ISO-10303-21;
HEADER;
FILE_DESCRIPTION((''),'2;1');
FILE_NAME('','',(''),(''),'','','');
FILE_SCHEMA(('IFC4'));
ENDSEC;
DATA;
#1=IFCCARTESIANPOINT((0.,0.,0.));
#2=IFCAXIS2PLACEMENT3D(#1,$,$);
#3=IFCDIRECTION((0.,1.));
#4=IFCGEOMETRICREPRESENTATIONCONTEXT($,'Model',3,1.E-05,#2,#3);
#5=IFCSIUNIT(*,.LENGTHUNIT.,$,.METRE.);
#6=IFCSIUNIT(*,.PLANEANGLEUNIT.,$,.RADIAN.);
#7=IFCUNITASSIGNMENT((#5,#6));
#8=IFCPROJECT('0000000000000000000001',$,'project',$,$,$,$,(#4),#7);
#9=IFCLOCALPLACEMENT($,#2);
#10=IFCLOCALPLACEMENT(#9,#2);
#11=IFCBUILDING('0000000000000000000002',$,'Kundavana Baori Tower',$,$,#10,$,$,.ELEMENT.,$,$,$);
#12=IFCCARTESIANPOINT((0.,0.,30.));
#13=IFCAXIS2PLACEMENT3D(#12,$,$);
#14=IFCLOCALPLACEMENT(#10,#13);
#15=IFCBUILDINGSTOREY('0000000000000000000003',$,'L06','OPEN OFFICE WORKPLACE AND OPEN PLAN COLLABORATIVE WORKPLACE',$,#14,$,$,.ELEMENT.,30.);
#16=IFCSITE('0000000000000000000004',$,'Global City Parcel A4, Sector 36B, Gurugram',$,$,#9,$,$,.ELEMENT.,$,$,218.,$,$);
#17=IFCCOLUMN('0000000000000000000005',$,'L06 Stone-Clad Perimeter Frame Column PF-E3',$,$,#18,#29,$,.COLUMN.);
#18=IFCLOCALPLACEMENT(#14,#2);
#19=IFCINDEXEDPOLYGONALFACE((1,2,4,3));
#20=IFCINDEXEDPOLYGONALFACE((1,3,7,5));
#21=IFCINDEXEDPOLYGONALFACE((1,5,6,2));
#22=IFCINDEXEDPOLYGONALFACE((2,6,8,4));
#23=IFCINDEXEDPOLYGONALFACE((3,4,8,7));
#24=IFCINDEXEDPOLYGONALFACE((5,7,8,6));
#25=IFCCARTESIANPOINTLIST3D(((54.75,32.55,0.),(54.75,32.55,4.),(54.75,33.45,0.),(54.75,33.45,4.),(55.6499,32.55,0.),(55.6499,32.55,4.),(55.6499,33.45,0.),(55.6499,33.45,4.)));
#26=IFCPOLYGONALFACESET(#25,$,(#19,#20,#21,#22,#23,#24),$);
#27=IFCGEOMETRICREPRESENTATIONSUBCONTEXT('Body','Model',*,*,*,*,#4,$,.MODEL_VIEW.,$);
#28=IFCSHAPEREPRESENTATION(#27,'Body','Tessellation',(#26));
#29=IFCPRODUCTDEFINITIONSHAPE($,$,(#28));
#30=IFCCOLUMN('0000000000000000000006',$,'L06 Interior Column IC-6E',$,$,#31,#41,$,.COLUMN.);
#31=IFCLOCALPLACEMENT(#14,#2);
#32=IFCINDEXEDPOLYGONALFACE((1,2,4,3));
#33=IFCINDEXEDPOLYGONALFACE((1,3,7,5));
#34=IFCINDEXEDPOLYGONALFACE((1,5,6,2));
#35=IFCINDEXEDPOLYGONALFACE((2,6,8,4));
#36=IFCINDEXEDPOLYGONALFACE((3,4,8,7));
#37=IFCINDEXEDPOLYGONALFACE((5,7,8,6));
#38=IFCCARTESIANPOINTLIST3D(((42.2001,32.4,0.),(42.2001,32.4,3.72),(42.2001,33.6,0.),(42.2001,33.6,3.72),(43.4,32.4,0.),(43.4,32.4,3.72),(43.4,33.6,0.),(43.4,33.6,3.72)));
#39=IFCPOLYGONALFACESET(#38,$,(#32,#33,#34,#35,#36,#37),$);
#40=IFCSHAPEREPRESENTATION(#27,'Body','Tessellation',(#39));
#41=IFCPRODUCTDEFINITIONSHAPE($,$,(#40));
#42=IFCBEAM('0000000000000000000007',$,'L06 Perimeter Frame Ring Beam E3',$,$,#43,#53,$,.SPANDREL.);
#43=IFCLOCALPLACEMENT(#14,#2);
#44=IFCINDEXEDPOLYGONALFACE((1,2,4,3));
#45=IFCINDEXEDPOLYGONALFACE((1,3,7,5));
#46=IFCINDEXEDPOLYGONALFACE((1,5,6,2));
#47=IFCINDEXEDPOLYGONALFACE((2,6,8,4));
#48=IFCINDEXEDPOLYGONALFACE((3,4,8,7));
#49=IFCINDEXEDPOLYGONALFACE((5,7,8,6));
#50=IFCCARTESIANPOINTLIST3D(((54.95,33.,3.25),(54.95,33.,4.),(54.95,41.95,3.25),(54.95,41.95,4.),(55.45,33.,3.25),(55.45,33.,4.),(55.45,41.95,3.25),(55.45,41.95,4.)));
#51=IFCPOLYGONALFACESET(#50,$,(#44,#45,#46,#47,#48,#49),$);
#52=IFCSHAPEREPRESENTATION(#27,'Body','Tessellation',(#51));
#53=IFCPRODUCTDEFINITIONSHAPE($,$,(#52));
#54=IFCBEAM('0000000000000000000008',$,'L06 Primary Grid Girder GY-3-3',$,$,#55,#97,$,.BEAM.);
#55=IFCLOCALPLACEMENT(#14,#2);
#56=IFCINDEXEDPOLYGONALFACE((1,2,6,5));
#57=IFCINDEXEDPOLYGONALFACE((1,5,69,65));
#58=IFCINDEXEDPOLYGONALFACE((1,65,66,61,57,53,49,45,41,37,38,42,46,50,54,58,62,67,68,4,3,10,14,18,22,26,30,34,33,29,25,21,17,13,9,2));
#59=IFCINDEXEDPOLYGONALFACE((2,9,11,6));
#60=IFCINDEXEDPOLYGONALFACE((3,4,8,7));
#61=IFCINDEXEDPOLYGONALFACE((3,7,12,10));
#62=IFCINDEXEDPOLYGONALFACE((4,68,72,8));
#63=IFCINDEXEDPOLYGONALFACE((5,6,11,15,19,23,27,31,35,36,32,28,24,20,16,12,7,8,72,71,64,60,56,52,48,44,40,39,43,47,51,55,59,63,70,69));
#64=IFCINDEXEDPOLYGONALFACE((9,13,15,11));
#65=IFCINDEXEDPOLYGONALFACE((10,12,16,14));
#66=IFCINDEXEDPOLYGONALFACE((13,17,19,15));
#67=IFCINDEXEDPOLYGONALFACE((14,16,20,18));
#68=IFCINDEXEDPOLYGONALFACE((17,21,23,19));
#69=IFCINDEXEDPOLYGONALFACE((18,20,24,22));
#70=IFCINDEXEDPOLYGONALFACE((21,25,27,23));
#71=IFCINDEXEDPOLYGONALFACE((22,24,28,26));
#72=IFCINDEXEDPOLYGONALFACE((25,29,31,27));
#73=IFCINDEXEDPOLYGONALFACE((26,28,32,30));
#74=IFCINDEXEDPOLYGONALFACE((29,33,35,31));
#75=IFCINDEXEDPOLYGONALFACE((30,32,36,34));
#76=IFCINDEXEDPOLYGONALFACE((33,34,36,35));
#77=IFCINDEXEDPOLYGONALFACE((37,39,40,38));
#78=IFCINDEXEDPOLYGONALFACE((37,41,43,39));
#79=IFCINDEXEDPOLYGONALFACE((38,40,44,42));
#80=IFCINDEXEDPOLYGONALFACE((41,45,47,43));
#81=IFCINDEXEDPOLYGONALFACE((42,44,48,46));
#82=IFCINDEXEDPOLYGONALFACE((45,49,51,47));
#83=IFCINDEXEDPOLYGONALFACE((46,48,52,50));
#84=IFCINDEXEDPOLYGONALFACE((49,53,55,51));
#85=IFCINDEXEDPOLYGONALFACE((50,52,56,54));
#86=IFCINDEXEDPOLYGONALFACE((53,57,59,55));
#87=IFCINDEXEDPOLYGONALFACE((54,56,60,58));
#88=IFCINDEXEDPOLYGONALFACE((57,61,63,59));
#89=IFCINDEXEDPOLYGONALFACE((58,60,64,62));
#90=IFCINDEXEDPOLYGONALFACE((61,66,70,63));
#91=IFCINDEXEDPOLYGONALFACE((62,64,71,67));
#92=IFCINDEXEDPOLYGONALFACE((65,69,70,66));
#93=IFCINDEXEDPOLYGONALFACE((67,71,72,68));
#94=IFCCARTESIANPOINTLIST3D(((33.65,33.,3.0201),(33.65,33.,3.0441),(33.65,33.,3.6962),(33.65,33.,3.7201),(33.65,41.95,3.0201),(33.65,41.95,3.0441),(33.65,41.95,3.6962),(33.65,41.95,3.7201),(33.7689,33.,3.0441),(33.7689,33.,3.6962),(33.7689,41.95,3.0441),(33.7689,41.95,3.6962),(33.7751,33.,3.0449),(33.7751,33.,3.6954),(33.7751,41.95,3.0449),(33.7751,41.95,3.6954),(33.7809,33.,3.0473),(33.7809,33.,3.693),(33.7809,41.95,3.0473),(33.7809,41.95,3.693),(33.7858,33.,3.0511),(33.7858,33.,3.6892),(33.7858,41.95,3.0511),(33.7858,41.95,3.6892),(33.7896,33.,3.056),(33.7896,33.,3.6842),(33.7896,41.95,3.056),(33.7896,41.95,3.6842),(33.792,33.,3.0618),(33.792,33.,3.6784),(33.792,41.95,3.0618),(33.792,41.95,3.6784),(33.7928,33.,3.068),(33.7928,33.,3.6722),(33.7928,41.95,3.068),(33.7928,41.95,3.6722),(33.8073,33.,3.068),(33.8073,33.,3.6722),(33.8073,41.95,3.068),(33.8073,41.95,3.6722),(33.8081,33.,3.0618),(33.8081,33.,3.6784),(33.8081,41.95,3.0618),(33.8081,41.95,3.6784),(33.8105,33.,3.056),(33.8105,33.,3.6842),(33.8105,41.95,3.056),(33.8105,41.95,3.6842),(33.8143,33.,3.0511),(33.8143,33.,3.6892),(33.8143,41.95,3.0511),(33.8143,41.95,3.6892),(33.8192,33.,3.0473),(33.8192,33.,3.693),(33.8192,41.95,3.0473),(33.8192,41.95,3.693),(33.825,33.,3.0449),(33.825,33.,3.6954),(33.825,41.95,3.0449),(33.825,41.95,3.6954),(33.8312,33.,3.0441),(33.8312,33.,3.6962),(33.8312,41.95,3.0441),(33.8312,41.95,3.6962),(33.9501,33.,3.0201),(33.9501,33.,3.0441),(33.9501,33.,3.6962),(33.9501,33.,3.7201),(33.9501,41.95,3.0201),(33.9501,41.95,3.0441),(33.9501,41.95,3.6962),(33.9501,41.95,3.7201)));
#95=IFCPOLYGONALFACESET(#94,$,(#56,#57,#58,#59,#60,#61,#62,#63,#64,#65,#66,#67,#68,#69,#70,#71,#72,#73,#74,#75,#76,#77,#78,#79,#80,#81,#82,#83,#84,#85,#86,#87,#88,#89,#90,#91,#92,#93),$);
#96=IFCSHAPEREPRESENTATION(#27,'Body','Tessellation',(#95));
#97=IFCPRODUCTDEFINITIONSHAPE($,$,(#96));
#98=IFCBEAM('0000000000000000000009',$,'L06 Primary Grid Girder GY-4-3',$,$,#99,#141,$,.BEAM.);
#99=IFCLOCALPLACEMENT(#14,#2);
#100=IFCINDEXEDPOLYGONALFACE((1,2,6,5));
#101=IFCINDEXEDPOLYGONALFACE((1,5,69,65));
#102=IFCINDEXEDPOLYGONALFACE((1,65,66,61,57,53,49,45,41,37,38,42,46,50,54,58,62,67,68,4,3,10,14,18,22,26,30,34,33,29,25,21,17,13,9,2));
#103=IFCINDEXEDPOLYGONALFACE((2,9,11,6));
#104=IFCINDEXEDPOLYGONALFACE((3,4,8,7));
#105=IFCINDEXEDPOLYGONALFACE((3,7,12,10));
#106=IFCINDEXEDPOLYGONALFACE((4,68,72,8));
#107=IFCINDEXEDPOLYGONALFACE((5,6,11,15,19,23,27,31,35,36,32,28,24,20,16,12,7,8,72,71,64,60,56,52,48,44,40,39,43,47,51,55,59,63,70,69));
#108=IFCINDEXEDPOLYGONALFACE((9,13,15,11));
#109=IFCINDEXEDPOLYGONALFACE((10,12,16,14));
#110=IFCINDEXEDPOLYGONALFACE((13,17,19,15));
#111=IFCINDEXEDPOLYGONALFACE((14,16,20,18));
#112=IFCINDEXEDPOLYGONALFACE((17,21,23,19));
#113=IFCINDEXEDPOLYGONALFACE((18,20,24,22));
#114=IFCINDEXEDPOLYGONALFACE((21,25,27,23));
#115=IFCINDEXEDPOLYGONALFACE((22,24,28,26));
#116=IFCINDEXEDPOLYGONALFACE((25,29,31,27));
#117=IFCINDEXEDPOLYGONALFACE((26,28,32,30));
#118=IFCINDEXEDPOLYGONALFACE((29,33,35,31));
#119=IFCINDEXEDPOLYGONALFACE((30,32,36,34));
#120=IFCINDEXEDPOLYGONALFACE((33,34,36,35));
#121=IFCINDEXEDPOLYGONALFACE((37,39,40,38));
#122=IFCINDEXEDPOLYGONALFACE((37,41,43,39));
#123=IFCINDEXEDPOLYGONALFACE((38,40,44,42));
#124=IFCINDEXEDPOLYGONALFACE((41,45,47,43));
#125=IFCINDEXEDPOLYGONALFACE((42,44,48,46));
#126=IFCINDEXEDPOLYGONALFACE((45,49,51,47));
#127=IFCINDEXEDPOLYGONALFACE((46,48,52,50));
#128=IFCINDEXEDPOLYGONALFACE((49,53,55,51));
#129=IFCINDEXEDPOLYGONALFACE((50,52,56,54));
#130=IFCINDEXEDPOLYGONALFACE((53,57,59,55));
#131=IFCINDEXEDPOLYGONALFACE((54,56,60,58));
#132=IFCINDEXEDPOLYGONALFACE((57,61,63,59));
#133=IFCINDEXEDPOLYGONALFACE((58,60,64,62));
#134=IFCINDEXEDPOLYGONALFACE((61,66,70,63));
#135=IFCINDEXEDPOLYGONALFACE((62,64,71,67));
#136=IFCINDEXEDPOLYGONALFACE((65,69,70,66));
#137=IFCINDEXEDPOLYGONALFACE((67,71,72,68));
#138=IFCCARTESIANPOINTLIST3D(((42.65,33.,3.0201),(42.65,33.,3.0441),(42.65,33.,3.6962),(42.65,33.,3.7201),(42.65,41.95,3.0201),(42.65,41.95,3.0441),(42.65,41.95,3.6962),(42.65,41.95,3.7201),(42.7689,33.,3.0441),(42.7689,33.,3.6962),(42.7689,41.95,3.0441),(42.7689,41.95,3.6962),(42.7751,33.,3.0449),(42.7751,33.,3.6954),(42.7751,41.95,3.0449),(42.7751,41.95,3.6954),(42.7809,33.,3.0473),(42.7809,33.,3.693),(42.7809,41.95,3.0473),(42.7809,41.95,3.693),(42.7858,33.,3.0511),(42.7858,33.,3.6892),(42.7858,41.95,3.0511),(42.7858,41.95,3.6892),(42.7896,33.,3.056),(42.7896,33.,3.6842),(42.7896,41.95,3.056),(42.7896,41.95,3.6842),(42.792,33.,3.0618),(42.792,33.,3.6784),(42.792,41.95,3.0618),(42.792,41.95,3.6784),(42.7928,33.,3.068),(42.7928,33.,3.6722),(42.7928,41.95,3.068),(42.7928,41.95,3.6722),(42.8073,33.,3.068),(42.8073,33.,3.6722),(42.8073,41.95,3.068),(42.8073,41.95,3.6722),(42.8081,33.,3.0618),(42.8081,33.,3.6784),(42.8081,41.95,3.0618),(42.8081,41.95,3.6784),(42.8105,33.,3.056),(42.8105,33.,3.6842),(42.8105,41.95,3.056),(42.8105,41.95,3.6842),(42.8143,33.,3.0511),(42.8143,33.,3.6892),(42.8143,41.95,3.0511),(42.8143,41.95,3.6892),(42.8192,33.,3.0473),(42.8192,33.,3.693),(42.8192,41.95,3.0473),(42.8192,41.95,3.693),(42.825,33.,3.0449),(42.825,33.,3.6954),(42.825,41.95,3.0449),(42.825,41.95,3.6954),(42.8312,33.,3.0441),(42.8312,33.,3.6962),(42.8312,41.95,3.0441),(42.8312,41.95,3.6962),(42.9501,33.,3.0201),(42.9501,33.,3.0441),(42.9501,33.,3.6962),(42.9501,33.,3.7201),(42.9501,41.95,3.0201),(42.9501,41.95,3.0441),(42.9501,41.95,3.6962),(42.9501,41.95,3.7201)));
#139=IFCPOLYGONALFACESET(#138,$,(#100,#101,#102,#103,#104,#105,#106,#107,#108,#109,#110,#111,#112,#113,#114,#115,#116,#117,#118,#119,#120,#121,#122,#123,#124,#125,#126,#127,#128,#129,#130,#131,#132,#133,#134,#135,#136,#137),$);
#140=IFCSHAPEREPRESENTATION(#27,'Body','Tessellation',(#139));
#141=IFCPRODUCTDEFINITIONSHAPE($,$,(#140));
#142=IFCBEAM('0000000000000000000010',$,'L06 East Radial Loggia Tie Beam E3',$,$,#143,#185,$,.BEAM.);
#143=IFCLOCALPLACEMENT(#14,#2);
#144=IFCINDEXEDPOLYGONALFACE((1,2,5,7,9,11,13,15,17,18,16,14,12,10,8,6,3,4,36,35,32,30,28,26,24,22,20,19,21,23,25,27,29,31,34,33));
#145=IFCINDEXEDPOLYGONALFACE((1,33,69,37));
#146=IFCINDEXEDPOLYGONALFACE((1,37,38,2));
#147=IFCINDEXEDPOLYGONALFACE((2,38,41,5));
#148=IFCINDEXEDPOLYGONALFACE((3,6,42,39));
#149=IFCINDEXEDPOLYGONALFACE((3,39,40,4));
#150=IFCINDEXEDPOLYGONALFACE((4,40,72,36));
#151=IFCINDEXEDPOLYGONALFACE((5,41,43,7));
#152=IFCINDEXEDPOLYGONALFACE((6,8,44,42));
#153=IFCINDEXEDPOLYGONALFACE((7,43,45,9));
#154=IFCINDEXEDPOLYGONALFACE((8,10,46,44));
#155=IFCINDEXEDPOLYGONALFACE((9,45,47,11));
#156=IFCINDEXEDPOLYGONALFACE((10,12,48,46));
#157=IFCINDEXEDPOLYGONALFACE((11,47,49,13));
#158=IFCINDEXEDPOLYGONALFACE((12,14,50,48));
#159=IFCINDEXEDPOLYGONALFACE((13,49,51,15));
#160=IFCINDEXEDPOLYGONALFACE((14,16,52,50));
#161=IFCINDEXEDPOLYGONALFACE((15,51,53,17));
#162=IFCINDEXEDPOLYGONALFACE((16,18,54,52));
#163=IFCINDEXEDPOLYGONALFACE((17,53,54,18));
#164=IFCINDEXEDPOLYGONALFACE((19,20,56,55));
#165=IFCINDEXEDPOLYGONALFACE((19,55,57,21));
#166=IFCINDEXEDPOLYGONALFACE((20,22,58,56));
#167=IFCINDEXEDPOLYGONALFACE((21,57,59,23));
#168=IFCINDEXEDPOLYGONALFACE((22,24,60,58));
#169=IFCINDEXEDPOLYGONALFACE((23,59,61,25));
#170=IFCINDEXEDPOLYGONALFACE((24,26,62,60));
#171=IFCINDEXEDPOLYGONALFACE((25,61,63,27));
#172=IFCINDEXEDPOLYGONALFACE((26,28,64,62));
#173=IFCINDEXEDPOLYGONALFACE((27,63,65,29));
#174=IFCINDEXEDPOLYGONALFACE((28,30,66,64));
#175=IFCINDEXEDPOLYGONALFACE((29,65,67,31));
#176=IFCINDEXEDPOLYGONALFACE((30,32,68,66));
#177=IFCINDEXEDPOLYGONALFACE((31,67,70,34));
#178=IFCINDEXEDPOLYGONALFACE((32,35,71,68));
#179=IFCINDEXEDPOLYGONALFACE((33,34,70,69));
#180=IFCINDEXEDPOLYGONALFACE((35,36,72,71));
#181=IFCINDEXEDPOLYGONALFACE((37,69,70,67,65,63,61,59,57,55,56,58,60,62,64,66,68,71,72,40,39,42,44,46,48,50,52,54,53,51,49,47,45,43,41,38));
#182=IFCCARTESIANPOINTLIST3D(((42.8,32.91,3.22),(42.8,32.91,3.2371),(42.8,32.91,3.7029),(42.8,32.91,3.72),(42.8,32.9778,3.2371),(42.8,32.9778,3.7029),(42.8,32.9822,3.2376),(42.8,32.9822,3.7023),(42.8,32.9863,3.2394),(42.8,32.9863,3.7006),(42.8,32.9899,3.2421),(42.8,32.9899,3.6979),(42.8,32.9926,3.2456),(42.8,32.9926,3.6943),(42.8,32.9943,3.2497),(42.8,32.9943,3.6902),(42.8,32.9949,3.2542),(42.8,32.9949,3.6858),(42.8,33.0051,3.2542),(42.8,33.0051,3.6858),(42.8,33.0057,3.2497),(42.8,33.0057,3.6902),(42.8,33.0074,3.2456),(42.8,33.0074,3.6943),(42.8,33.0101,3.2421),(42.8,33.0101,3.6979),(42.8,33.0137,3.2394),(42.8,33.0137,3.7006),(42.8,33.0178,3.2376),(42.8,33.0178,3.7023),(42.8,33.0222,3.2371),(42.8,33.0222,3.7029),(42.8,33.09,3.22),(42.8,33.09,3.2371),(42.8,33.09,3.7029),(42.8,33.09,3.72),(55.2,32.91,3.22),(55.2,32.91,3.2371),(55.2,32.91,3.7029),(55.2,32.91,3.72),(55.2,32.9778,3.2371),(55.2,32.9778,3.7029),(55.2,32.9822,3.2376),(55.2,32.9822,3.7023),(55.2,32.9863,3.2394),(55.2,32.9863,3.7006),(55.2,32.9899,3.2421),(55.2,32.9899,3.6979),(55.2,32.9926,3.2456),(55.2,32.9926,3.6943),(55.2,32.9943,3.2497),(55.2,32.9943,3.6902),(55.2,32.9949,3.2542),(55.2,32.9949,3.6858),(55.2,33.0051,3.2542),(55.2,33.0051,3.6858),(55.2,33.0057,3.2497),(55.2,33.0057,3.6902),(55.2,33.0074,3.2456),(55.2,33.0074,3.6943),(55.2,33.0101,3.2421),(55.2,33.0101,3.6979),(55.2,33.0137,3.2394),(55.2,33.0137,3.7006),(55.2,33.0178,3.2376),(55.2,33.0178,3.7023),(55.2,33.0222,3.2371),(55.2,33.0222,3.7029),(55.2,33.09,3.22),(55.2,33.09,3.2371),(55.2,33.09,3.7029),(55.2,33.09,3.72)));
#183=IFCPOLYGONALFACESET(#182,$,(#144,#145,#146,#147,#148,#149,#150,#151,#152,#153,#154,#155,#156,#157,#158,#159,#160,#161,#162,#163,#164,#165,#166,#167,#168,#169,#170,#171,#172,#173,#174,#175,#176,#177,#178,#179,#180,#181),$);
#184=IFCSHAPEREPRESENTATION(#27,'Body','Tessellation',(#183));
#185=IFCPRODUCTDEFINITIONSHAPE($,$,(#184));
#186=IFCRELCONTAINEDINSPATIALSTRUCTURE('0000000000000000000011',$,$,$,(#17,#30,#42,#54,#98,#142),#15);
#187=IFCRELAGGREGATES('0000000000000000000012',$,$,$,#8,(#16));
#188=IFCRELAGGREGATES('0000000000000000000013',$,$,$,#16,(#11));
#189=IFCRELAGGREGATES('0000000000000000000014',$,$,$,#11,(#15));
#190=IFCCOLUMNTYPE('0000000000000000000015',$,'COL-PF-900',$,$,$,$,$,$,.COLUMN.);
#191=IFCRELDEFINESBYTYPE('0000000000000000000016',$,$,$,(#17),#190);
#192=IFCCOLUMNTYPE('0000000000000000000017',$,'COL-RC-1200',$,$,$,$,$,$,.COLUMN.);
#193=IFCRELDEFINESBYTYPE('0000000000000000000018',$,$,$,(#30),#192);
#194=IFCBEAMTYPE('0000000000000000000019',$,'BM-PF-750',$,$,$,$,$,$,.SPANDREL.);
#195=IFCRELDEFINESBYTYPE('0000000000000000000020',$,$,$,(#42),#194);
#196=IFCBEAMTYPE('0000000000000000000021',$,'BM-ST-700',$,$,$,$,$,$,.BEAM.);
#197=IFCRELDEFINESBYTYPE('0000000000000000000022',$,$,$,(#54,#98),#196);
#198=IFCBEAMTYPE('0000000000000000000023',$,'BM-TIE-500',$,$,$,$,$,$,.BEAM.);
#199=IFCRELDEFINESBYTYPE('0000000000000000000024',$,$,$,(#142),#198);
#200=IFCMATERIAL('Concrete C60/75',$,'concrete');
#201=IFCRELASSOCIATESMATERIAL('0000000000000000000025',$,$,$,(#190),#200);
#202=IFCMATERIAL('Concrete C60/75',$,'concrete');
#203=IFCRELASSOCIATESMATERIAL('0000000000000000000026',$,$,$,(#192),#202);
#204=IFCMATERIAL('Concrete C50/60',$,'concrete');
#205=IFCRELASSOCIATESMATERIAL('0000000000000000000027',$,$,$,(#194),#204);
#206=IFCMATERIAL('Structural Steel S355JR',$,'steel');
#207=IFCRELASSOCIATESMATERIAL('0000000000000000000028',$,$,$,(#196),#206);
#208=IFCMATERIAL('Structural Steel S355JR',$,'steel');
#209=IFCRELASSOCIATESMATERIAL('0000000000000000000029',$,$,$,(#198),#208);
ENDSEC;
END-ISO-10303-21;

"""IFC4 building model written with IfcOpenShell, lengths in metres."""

from ifc_helpers import new_model, si_unit, direction, frame, origin, origin_2d, place, context, subcontext, project, spatial, rectangle, i_section, extrude, material, material_profile, profile_set, type_object, element, save


model = new_model("IFC4")

# Units and contexts
model_context = context("Model", 3, precision=1e-05, world=origin(), true_north=direction((0.0, 1.0)))
body_context = subcontext(model_context, "Body", "Model", "MODEL_VIEW")
ifc_project = project(units=[si_unit("LENGTHUNIT", "METRE"), si_unit("PLANEANGLEUNIT", "RADIAN")], contexts=[model_context])

# Site, building, storey
site_placement = place(None, origin())
site = spatial("IfcSite", under=ifc_project, at=site_placement, Name="Global City Parcel A4, Sector 36B, Gurugram", CompositionType="ELEMENT", RefElevation=218.0)
building_placement = place(site_placement, origin())
building = spatial("IfcBuilding", under=site, at=building_placement, Name="Kundavana Baori Tower", CompositionType="ELEMENT")
storey_placement = place(building_placement, frame((0.0, 0.0, 30.0)))
storey = spatial("IfcBuildingStorey", under=building, at=storey_placement, Name="L06", Description="OPEN OFFICE WORKPLACE AND OPEN PLAN COLLABORATIVE WORKPLACE", CompositionType="ELEMENT", Elevation=30.0)

# Columns
ifc_material_1 = material(Name="Concrete C60/75", Category="concrete")
ifc_material_profile_1 = material_profile(ifc_material_1, rectangle(XDim=0.8999, YDim=0.8999, at=origin_2d()), Name="RC PF 900x900")
ifc_profile_set_1 = profile_set([ifc_material_profile_1], Name="Concrete C60/75")
column_type_1 = type_object("IfcColumnType", Name="COL-PF-900", PredefinedType="COLUMN", material=ifc_profile_set_1)
column_1_placement = place(storey_placement, frame((55.2, 33.0, 0.0), z_axis=(0.0, 0.0, 1.0), x_axis=(1.0, 0.0, 0.0)))
element("IfcColumn", 1, at=column_1_placement, inside=storey, type_object=column_type_1, Name="L06 Stone-Clad Perimeter Frame Column PF-E3", PredefinedType="COLUMN", context=body_context, shape_type="SweptSolid", body=[
    extrude(rectangle(XDim=0.8999, YDim=0.8999, at=origin_2d()), origin(), (0.0, 0.0, 1.0), 4.0),
])
ifc_material_2 = material(Name="Concrete C60/75", Category="concrete")
ifc_material_profile_2 = material_profile(ifc_material_2, rectangle(XDim=1.2, YDim=1.2, at=origin_2d()), Name="RC 1200x1200")
ifc_profile_set_2 = profile_set([ifc_material_profile_2], Name="Concrete C60/75")
column_type_2 = type_object("IfcColumnType", Name="COL-RC-1200", PredefinedType="COLUMN", material=ifc_profile_set_2)
column_2_placement = place(storey_placement, frame((42.8, 33.0, 0.0), z_axis=(0.0, 0.0, 1.0), x_axis=(1.0, 0.0, 0.0)))
element("IfcColumn", 2, at=column_2_placement, inside=storey, type_object=column_type_2, Name="L06 Interior Column IC-6E", PredefinedType="COLUMN", context=body_context, shape_type="SweptSolid", body=[
    extrude(rectangle(XDim=1.2, YDim=1.2, at=origin_2d()), origin(), (0.0, 0.0, 1.0), 3.72),
])

# Beams
ifc_material_3 = material(Name="Concrete C50/60", Category="concrete")
ifc_material_profile_3 = material_profile(ifc_material_3, rectangle(XDim=0.5, YDim=0.75, at=origin_2d()), Name="RC BM 500x750")
ifc_profile_set_3 = profile_set([ifc_material_profile_3], Name="Concrete C50/60")
beam_type_1 = type_object("IfcBeamType", Name="BM-PF-750", PredefinedType="SPANDREL", material=ifc_profile_set_3)
beam_1_placement = place(storey_placement, frame((55.2, 33.0, 3.625), z_axis=(0.0, 1.0, 0.0), x_axis=(-1.0, 0.0, 0.0)))
element("IfcBeam", 3, at=beam_1_placement, inside=storey, type_object=beam_type_1, Name="L06 Perimeter Frame Ring Beam E3", PredefinedType="SPANDREL", context=body_context, shape_type="SweptSolid", body=[
    extrude(rectangle(XDim=0.5, YDim=0.75, at=origin_2d()), origin(), (0.0, 0.0, 1.0), 8.95),
])
ifc_material_4 = material(Name="Structural Steel S355JR", Category="steel")
ifc_material_profile_4 = material_profile(ifc_material_4, i_section(OverallWidth=0.3, OverallDepth=0.7, WebThickness=0.0144, FlangeThickness=0.0239, FilletRadius=0.0239, at=origin_2d()), Name="NPB 700x300x170")
ifc_profile_set_4 = profile_set([ifc_material_profile_4], Name="Structural Steel S355JR")
beam_type_2 = type_object("IfcBeamType", Name="BM-ST-700", PredefinedType="BEAM", material=ifc_profile_set_4)
for number, where, z_axis, x_axis, name in (
    (4, (33.8, 33.0, 3.3701), (0.0, 1.0, 0.0), (-1.0, 0.0, 0.0), "L06 Primary Grid Girder GY-3-3"),
    (5, (42.8, 33.0, 3.3701), (0.0, 1.0, 0.0), (-1.0, 0.0, 0.0), "L06 Primary Grid Girder GY-4-3"),
):
    element("IfcBeam", number, at=place(storey_placement, frame(where, z_axis=z_axis, x_axis=x_axis)), inside=storey, type_object=beam_type_2, Name=name, PredefinedType="BEAM", context=body_context, shape_type="SweptSolid", body=[
        extrude(i_section(OverallWidth=0.3, OverallDepth=0.7, WebThickness=0.0144, FlangeThickness=0.0239, FilletRadius=0.0239, at=origin_2d()), origin(), (0.0, 0.0, 1.0), 8.95),
    ])
ifc_material_5 = material(Name="Structural Steel S355JR", Category="steel")
ifc_material_profile_5 = material_profile(ifc_material_5, i_section(OverallWidth=0.1799, OverallDepth=0.5, WebThickness=0.0103, FlangeThickness=0.0171, FilletRadius=0.0171, at=origin_2d()), Name="ISMB 500")
ifc_profile_set_5 = profile_set([ifc_material_profile_5], Name="Structural Steel S355JR")
beam_type_3 = type_object("IfcBeamType", Name="BM-TIE-500", PredefinedType="BEAM", material=ifc_profile_set_5)
beam_2_placement = place(storey_placement, frame((42.8, 33.0, 3.47), z_axis=(1.0, 0.0, 0.0), x_axis=(0.0, 1.0, 0.0)))
element("IfcBeam", 6, at=beam_2_placement, inside=storey, type_object=beam_type_3, Name="L06 East Radial Loggia Tie Beam E3", PredefinedType="BEAM", context=body_context, shape_type="SweptSolid", body=[
    extrude(i_section(OverallWidth=0.1799, OverallDepth=0.5, WebThickness=0.0103, FlangeThickness=0.0171, FilletRadius=0.0171, at=origin_2d()), origin(), (0.0, 0.0, 1.0), 12.3999),
])

save(model, "model.ifc")
